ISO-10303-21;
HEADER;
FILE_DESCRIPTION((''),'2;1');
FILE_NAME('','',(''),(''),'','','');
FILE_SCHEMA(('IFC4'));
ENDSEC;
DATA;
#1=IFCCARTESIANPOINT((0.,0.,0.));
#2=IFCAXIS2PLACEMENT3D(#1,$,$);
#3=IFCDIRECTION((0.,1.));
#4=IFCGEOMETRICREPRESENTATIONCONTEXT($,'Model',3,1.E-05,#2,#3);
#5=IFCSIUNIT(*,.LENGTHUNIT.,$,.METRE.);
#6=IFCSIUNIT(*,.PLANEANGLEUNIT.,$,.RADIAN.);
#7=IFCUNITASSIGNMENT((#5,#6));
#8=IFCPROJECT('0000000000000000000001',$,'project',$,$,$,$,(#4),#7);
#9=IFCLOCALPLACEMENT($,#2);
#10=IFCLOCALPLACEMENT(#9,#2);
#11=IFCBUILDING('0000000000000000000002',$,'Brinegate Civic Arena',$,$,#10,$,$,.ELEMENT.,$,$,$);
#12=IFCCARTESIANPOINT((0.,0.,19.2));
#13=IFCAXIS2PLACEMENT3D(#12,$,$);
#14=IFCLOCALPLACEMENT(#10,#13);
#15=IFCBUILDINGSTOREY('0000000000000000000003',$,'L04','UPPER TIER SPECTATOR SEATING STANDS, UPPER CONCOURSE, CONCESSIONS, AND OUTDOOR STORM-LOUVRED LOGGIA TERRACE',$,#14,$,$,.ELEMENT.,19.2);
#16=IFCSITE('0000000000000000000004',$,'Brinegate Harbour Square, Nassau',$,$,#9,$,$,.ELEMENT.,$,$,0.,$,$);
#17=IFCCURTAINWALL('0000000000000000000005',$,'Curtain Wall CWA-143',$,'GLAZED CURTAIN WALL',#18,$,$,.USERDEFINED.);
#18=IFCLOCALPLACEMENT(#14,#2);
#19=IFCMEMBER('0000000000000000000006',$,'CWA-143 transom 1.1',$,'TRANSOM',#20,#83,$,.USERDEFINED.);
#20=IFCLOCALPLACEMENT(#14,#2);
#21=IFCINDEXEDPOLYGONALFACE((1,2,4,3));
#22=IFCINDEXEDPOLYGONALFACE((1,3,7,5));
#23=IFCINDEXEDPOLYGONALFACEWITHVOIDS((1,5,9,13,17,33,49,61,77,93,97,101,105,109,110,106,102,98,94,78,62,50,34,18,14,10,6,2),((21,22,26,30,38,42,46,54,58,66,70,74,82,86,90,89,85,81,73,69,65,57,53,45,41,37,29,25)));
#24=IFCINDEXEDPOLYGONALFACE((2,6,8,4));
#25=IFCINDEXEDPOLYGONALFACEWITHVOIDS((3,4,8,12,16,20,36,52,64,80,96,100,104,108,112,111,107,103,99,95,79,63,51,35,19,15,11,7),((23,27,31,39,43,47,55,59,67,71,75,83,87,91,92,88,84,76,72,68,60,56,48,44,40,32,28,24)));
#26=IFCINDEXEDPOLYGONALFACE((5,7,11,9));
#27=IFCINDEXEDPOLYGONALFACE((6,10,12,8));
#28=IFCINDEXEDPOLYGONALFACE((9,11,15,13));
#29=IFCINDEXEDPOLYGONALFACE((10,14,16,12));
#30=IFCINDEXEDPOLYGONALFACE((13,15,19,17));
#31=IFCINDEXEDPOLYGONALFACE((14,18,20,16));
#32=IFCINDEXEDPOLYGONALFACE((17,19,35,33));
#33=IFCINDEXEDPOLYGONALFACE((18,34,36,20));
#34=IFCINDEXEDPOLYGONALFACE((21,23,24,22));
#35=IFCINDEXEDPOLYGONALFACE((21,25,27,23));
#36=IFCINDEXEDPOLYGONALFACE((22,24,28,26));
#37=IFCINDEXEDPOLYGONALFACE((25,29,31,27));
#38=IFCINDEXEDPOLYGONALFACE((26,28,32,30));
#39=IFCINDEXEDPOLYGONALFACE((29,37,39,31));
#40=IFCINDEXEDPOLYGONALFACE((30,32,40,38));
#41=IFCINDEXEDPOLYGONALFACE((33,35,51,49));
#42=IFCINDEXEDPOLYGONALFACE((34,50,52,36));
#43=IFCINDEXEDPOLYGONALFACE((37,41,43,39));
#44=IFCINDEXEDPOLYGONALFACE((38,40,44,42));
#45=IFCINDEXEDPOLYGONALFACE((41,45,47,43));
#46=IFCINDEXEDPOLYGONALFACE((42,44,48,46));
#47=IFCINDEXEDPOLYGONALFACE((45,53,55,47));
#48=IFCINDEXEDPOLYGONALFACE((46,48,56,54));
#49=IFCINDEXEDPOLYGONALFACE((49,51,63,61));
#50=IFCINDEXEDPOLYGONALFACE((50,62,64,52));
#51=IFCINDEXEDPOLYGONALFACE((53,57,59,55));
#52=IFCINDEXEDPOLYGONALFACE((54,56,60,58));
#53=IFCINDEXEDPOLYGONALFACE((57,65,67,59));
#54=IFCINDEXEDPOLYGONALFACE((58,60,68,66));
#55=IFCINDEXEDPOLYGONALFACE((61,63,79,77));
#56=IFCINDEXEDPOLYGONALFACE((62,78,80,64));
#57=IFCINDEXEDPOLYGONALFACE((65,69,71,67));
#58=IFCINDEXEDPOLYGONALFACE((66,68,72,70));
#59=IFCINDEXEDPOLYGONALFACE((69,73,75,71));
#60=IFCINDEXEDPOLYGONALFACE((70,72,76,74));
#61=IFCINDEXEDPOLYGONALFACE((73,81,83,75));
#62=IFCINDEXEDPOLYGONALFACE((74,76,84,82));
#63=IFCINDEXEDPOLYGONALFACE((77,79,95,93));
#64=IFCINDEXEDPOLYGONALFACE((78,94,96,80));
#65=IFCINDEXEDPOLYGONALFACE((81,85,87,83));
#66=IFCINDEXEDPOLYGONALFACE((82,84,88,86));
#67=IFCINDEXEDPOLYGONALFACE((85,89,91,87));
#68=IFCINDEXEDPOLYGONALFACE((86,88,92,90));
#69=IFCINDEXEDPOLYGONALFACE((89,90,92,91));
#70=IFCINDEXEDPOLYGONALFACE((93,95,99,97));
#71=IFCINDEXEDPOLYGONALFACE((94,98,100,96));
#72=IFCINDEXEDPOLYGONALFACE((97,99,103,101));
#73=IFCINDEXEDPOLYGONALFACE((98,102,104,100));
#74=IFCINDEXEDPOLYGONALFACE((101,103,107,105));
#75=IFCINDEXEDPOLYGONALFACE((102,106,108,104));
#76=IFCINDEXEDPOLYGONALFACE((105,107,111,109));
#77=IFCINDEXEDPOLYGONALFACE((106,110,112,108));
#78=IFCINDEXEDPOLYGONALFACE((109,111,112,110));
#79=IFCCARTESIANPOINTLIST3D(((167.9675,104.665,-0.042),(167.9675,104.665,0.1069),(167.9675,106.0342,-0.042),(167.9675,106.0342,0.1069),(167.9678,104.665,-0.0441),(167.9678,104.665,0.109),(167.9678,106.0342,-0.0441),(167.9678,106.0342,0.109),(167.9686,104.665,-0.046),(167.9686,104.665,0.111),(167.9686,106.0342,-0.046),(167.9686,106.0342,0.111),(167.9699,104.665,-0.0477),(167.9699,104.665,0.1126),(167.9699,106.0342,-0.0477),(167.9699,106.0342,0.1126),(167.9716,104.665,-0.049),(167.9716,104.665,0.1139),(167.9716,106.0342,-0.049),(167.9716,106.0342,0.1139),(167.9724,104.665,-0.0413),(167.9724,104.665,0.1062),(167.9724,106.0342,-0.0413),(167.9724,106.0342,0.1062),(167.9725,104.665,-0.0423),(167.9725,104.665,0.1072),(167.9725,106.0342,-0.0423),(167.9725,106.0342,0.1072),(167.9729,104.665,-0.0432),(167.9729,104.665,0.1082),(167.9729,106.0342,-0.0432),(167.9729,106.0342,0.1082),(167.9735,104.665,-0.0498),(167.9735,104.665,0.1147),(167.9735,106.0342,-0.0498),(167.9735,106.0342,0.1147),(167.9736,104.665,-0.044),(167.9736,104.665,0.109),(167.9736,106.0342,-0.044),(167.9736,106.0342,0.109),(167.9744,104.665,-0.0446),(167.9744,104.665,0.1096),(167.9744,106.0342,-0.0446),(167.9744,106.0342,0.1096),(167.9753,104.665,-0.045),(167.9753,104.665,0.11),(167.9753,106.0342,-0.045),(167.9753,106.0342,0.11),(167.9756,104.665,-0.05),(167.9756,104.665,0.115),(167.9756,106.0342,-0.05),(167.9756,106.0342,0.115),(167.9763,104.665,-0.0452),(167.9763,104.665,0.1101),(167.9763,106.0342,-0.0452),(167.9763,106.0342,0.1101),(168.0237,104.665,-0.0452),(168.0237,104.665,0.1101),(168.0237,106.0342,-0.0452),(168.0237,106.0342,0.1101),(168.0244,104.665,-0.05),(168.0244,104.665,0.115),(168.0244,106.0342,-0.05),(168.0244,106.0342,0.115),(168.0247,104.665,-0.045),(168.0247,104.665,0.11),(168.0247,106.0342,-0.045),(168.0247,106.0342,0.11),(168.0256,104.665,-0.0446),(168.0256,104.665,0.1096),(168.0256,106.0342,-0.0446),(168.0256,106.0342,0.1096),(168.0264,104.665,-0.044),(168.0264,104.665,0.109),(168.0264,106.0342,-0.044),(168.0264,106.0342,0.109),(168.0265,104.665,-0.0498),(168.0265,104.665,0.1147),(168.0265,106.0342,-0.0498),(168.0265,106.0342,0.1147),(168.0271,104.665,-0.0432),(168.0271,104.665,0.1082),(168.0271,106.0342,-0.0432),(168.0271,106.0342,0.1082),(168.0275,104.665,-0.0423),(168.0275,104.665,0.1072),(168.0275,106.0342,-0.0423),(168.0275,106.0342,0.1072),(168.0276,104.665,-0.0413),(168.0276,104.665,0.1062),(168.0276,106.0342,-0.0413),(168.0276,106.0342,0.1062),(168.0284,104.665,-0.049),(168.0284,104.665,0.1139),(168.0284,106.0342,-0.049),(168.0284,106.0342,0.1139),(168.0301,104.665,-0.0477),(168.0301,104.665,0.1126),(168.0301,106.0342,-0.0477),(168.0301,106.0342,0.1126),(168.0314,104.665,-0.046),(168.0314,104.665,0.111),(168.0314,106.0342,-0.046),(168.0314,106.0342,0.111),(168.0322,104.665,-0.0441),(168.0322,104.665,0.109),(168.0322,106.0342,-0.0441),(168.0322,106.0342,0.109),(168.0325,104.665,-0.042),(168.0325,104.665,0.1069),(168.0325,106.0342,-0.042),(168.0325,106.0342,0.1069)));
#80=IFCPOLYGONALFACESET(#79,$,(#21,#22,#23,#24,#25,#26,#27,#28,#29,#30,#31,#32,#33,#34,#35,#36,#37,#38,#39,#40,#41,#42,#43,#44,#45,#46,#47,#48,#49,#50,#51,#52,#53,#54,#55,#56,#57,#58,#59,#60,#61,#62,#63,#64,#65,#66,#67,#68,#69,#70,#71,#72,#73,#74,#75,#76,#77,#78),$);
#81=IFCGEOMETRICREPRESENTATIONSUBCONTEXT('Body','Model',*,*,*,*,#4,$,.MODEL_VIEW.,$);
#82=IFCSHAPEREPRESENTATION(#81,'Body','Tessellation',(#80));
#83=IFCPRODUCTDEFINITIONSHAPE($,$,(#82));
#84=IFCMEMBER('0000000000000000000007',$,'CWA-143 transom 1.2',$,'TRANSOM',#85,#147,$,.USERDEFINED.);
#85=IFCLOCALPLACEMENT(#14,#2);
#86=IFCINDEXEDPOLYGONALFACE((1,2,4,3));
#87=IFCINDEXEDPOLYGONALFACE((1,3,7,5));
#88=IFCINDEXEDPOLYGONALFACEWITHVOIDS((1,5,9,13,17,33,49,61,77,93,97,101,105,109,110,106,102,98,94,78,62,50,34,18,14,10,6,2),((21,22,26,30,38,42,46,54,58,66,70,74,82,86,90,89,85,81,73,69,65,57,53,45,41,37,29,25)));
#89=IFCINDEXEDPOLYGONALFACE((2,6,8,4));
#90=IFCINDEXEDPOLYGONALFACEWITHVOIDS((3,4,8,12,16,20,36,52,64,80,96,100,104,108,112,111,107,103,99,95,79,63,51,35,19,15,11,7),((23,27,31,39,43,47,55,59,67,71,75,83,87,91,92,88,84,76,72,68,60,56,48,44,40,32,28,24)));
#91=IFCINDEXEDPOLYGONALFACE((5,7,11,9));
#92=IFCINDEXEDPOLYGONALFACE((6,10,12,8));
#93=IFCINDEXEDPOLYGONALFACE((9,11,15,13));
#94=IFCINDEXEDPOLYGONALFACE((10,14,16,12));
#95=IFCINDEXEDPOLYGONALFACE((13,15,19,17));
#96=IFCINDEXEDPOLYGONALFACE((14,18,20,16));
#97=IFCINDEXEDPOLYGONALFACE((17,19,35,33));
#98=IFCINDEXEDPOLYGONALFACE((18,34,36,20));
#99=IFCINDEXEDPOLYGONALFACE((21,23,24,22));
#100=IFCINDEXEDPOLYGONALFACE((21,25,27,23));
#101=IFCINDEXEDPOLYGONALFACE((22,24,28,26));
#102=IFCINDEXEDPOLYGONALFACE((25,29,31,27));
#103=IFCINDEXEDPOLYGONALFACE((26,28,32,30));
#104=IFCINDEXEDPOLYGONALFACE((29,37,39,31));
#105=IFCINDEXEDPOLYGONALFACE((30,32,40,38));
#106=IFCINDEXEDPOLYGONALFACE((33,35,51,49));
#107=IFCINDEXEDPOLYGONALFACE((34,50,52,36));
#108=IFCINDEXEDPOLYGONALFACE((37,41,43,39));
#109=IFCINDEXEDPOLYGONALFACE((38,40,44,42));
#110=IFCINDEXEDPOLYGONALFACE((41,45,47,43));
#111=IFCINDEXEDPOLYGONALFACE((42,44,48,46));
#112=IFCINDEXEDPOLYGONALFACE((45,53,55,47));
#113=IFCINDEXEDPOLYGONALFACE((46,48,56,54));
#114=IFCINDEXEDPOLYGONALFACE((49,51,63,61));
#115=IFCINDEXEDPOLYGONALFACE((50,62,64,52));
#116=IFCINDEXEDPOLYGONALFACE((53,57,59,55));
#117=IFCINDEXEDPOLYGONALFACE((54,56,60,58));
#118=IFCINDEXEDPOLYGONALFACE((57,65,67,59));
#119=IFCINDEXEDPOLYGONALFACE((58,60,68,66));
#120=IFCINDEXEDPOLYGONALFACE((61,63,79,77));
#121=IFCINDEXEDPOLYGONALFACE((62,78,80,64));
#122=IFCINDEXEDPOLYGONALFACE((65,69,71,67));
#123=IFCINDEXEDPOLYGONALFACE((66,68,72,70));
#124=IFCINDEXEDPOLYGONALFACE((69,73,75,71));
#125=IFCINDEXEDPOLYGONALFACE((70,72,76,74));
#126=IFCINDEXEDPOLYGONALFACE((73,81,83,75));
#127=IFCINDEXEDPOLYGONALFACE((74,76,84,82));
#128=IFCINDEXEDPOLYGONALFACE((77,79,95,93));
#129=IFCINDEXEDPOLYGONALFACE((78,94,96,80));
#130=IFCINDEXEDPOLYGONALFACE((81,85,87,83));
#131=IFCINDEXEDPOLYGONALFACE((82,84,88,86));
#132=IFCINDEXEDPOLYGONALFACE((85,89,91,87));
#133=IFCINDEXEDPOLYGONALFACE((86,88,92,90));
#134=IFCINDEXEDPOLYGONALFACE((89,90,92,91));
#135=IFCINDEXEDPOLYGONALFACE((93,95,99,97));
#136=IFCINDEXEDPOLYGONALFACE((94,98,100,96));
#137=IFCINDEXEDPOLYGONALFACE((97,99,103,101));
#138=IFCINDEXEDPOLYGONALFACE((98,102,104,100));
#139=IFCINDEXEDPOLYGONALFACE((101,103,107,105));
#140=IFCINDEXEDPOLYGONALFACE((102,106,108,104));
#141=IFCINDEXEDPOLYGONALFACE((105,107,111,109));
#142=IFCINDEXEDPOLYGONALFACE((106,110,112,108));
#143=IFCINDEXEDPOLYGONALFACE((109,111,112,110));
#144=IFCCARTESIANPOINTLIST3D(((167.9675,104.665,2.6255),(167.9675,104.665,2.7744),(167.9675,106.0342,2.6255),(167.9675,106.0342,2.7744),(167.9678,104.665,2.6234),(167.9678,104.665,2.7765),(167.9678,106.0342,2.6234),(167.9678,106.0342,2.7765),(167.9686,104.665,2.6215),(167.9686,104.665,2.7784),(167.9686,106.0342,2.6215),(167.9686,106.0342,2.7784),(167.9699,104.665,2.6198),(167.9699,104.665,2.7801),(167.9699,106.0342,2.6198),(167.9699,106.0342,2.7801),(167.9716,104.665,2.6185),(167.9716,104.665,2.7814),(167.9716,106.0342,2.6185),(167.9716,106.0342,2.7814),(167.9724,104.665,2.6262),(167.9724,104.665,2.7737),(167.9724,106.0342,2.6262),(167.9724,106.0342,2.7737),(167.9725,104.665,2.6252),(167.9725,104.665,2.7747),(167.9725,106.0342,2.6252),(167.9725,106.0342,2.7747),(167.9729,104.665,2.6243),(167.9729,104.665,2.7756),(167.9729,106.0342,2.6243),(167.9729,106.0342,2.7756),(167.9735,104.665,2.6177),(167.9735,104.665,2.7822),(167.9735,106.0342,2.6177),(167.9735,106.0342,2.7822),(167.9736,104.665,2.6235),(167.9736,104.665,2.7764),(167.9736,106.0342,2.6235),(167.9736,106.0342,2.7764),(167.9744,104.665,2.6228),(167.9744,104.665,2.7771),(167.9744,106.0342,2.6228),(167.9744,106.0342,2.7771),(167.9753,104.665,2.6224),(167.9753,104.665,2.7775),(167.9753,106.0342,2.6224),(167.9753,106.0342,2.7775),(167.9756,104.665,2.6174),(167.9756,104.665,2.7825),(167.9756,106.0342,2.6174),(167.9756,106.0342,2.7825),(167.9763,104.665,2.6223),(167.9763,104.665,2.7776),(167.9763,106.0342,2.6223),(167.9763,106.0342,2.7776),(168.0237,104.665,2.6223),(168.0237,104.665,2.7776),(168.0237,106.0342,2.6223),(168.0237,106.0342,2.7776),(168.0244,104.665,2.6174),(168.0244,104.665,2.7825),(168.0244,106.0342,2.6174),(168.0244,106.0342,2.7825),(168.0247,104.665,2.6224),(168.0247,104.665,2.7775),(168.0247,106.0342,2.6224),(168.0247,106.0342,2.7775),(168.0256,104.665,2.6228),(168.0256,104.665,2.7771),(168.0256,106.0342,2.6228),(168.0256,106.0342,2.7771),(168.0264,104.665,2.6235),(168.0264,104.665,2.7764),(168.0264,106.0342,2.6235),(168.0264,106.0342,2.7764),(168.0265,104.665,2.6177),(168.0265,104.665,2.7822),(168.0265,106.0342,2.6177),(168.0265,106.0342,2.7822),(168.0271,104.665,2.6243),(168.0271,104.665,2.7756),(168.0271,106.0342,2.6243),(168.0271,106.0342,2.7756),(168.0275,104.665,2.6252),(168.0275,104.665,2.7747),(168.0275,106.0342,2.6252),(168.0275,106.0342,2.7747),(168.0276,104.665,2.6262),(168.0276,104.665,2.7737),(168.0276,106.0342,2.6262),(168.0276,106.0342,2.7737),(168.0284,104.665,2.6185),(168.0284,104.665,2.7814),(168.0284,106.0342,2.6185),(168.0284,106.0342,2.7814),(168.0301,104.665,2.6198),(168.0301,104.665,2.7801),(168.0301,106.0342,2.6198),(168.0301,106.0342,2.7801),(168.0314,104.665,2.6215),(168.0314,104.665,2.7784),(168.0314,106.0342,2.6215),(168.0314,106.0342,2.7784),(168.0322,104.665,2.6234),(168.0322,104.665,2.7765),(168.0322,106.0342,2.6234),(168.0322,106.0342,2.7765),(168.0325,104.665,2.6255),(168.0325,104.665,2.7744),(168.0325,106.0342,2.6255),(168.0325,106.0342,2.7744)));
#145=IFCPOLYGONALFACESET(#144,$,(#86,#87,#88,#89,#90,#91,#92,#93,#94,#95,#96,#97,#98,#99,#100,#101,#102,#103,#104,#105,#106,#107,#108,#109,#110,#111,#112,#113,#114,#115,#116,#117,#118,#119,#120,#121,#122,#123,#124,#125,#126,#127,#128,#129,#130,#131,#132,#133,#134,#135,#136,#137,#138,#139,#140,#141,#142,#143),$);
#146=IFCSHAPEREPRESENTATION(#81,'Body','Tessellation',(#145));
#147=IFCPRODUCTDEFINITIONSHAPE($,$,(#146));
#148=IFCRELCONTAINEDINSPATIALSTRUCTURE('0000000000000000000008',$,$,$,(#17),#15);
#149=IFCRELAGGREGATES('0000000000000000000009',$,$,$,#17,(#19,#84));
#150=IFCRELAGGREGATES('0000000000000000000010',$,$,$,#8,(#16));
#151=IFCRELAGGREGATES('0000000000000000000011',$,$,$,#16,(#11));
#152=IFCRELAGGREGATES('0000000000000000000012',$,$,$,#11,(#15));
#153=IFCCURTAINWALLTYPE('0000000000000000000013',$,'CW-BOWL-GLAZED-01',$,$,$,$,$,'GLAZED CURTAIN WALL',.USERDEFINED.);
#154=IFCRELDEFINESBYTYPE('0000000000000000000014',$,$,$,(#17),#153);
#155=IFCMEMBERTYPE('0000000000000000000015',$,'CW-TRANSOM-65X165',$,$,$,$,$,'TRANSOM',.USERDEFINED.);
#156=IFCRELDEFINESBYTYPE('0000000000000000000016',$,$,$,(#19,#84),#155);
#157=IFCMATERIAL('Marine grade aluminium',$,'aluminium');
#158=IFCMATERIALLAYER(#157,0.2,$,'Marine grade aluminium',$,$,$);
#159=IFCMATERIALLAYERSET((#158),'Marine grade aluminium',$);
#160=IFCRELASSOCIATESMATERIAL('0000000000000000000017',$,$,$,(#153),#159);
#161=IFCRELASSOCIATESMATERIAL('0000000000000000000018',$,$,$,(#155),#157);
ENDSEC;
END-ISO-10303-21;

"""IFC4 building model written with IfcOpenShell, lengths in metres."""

from ifc_helpers import new_model, si_unit, direction, frame, origin, origin_2d, place, context, subcontext, project, spatial, hollow_rectangle, extrude, material, layer, layer_set, material_profile, profile_set, type_object, element, aggregate, save


model = new_model("IFC4")

# Units and contexts
model_context = context("Model", 3, precision=1e-05, world=origin(), true_north=direction((0.0, 1.0)))
body_context = subcontext(model_context, "Body", "Model", "MODEL_VIEW")
ifc_project = project(units=[si_unit("LENGTHUNIT", "METRE"), si_unit("PLANEANGLEUNIT", "RADIAN")], contexts=[model_context])

# Site, building, storey
site_placement = place(None, origin())
site = spatial("IfcSite", under=ifc_project, at=site_placement, Name="Brinegate Harbour Square, Nassau", CompositionType="ELEMENT", RefElevation=0.0)
building_placement = place(site_placement, origin())
building = spatial("IfcBuilding", under=site, at=building_placement, Name="Brinegate Civic Arena", CompositionType="ELEMENT")
storey_placement = place(building_placement, frame((0.0, 0.0, 19.2)))
storey = spatial("IfcBuildingStorey", under=building, at=storey_placement, Name="L04", Description="UPPER TIER SPECTATOR SEATING STANDS, UPPER CONCOURSE, CONCESSIONS, AND OUTDOOR STORM-LOUVRED LOGGIA TERRACE", CompositionType="ELEMENT", Elevation=19.2)

# Shared definitions
ifc_material_1 = material(Name="Marine grade aluminium", Category="aluminium")
ifc_layer_1 = layer(ifc_material_1, 0.2, Name="Marine grade aluminium")
ifc_layer_set_1 = layer_set([ifc_layer_1], Name="Marine grade aluminium")
curtain_wall_type = type_object("IfcCurtainWallType", Name="CW-BOWL-GLAZED-01", ElementType="GLAZED CURTAIN WALL", PredefinedType="USERDEFINED", material=ifc_layer_set_1)

# Curtain wall, members
curtain_wall_1_placement = place(storey_placement, origin())
curtain_wall_1 = element("IfcCurtainWall", 1, at=curtain_wall_1_placement, inside=storey, type_object=curtain_wall_type, Name="Curtain Wall CWA-143", ObjectType="GLAZED CURTAIN WALL", PredefinedType="USERDEFINED")
ifc_material_profile_1 = material_profile(ifc_material_1, hollow_rectangle(XDim=0.0649, YDim=0.165, WallThickness=0.0049, InnerFilletRadius=0.0039, OuterFilletRadius=0.0081, at=origin_2d()), Name="TRN65X165")
ifc_profile_set_1 = profile_set([ifc_material_profile_1], Name="Marine grade aluminium")
member_type_1 = type_object("IfcMemberType", Name="CW-TRANSOM-65X165", ElementType="TRANSOM", PredefinedType="USERDEFINED", material=ifc_profile_set_1)
member_1_placement = place(storey_placement, frame((168.0, 104.665, 0.0325), z_axis=(0.0, 1.0, 0.0), x_axis=(-1.0, 0.0, 0.0)))
member_1 = element("IfcMember", 2, at=member_1_placement, type_object=member_type_1, Name="CWA-143 transom 1.1", ObjectType="TRANSOM", PredefinedType="USERDEFINED", context=body_context, shape_type="SweptSolid", body=[
    extrude(hollow_rectangle(XDim=0.0649, YDim=0.165, WallThickness=0.0049, InnerFilletRadius=0.0039, OuterFilletRadius=0.0081, at=origin_2d()), origin(), (0.0, 0.0, 1.0), 1.3691),
])
member_2_placement = place(storey_placement, frame((168.0, 104.665, 2.7), z_axis=(0.0, 1.0, 0.0), x_axis=(-1.0, 0.0, 0.0)))
member_2 = element("IfcMember", 3, at=member_2_placement, type_object=member_type_1, Name="CWA-143 transom 1.2", ObjectType="TRANSOM", PredefinedType="USERDEFINED", context=body_context, shape_type="SweptSolid", body=[
    extrude(hollow_rectangle(XDim=0.0649, YDim=0.165, WallThickness=0.0049, InnerFilletRadius=0.0039, OuterFilletRadius=0.0081, at=origin_2d()), origin(), (0.0, 0.0, 1.0), 1.3691),
])

aggregate(curtain_wall_1, [member_1, member_2])

save(model, "model.ifc")
